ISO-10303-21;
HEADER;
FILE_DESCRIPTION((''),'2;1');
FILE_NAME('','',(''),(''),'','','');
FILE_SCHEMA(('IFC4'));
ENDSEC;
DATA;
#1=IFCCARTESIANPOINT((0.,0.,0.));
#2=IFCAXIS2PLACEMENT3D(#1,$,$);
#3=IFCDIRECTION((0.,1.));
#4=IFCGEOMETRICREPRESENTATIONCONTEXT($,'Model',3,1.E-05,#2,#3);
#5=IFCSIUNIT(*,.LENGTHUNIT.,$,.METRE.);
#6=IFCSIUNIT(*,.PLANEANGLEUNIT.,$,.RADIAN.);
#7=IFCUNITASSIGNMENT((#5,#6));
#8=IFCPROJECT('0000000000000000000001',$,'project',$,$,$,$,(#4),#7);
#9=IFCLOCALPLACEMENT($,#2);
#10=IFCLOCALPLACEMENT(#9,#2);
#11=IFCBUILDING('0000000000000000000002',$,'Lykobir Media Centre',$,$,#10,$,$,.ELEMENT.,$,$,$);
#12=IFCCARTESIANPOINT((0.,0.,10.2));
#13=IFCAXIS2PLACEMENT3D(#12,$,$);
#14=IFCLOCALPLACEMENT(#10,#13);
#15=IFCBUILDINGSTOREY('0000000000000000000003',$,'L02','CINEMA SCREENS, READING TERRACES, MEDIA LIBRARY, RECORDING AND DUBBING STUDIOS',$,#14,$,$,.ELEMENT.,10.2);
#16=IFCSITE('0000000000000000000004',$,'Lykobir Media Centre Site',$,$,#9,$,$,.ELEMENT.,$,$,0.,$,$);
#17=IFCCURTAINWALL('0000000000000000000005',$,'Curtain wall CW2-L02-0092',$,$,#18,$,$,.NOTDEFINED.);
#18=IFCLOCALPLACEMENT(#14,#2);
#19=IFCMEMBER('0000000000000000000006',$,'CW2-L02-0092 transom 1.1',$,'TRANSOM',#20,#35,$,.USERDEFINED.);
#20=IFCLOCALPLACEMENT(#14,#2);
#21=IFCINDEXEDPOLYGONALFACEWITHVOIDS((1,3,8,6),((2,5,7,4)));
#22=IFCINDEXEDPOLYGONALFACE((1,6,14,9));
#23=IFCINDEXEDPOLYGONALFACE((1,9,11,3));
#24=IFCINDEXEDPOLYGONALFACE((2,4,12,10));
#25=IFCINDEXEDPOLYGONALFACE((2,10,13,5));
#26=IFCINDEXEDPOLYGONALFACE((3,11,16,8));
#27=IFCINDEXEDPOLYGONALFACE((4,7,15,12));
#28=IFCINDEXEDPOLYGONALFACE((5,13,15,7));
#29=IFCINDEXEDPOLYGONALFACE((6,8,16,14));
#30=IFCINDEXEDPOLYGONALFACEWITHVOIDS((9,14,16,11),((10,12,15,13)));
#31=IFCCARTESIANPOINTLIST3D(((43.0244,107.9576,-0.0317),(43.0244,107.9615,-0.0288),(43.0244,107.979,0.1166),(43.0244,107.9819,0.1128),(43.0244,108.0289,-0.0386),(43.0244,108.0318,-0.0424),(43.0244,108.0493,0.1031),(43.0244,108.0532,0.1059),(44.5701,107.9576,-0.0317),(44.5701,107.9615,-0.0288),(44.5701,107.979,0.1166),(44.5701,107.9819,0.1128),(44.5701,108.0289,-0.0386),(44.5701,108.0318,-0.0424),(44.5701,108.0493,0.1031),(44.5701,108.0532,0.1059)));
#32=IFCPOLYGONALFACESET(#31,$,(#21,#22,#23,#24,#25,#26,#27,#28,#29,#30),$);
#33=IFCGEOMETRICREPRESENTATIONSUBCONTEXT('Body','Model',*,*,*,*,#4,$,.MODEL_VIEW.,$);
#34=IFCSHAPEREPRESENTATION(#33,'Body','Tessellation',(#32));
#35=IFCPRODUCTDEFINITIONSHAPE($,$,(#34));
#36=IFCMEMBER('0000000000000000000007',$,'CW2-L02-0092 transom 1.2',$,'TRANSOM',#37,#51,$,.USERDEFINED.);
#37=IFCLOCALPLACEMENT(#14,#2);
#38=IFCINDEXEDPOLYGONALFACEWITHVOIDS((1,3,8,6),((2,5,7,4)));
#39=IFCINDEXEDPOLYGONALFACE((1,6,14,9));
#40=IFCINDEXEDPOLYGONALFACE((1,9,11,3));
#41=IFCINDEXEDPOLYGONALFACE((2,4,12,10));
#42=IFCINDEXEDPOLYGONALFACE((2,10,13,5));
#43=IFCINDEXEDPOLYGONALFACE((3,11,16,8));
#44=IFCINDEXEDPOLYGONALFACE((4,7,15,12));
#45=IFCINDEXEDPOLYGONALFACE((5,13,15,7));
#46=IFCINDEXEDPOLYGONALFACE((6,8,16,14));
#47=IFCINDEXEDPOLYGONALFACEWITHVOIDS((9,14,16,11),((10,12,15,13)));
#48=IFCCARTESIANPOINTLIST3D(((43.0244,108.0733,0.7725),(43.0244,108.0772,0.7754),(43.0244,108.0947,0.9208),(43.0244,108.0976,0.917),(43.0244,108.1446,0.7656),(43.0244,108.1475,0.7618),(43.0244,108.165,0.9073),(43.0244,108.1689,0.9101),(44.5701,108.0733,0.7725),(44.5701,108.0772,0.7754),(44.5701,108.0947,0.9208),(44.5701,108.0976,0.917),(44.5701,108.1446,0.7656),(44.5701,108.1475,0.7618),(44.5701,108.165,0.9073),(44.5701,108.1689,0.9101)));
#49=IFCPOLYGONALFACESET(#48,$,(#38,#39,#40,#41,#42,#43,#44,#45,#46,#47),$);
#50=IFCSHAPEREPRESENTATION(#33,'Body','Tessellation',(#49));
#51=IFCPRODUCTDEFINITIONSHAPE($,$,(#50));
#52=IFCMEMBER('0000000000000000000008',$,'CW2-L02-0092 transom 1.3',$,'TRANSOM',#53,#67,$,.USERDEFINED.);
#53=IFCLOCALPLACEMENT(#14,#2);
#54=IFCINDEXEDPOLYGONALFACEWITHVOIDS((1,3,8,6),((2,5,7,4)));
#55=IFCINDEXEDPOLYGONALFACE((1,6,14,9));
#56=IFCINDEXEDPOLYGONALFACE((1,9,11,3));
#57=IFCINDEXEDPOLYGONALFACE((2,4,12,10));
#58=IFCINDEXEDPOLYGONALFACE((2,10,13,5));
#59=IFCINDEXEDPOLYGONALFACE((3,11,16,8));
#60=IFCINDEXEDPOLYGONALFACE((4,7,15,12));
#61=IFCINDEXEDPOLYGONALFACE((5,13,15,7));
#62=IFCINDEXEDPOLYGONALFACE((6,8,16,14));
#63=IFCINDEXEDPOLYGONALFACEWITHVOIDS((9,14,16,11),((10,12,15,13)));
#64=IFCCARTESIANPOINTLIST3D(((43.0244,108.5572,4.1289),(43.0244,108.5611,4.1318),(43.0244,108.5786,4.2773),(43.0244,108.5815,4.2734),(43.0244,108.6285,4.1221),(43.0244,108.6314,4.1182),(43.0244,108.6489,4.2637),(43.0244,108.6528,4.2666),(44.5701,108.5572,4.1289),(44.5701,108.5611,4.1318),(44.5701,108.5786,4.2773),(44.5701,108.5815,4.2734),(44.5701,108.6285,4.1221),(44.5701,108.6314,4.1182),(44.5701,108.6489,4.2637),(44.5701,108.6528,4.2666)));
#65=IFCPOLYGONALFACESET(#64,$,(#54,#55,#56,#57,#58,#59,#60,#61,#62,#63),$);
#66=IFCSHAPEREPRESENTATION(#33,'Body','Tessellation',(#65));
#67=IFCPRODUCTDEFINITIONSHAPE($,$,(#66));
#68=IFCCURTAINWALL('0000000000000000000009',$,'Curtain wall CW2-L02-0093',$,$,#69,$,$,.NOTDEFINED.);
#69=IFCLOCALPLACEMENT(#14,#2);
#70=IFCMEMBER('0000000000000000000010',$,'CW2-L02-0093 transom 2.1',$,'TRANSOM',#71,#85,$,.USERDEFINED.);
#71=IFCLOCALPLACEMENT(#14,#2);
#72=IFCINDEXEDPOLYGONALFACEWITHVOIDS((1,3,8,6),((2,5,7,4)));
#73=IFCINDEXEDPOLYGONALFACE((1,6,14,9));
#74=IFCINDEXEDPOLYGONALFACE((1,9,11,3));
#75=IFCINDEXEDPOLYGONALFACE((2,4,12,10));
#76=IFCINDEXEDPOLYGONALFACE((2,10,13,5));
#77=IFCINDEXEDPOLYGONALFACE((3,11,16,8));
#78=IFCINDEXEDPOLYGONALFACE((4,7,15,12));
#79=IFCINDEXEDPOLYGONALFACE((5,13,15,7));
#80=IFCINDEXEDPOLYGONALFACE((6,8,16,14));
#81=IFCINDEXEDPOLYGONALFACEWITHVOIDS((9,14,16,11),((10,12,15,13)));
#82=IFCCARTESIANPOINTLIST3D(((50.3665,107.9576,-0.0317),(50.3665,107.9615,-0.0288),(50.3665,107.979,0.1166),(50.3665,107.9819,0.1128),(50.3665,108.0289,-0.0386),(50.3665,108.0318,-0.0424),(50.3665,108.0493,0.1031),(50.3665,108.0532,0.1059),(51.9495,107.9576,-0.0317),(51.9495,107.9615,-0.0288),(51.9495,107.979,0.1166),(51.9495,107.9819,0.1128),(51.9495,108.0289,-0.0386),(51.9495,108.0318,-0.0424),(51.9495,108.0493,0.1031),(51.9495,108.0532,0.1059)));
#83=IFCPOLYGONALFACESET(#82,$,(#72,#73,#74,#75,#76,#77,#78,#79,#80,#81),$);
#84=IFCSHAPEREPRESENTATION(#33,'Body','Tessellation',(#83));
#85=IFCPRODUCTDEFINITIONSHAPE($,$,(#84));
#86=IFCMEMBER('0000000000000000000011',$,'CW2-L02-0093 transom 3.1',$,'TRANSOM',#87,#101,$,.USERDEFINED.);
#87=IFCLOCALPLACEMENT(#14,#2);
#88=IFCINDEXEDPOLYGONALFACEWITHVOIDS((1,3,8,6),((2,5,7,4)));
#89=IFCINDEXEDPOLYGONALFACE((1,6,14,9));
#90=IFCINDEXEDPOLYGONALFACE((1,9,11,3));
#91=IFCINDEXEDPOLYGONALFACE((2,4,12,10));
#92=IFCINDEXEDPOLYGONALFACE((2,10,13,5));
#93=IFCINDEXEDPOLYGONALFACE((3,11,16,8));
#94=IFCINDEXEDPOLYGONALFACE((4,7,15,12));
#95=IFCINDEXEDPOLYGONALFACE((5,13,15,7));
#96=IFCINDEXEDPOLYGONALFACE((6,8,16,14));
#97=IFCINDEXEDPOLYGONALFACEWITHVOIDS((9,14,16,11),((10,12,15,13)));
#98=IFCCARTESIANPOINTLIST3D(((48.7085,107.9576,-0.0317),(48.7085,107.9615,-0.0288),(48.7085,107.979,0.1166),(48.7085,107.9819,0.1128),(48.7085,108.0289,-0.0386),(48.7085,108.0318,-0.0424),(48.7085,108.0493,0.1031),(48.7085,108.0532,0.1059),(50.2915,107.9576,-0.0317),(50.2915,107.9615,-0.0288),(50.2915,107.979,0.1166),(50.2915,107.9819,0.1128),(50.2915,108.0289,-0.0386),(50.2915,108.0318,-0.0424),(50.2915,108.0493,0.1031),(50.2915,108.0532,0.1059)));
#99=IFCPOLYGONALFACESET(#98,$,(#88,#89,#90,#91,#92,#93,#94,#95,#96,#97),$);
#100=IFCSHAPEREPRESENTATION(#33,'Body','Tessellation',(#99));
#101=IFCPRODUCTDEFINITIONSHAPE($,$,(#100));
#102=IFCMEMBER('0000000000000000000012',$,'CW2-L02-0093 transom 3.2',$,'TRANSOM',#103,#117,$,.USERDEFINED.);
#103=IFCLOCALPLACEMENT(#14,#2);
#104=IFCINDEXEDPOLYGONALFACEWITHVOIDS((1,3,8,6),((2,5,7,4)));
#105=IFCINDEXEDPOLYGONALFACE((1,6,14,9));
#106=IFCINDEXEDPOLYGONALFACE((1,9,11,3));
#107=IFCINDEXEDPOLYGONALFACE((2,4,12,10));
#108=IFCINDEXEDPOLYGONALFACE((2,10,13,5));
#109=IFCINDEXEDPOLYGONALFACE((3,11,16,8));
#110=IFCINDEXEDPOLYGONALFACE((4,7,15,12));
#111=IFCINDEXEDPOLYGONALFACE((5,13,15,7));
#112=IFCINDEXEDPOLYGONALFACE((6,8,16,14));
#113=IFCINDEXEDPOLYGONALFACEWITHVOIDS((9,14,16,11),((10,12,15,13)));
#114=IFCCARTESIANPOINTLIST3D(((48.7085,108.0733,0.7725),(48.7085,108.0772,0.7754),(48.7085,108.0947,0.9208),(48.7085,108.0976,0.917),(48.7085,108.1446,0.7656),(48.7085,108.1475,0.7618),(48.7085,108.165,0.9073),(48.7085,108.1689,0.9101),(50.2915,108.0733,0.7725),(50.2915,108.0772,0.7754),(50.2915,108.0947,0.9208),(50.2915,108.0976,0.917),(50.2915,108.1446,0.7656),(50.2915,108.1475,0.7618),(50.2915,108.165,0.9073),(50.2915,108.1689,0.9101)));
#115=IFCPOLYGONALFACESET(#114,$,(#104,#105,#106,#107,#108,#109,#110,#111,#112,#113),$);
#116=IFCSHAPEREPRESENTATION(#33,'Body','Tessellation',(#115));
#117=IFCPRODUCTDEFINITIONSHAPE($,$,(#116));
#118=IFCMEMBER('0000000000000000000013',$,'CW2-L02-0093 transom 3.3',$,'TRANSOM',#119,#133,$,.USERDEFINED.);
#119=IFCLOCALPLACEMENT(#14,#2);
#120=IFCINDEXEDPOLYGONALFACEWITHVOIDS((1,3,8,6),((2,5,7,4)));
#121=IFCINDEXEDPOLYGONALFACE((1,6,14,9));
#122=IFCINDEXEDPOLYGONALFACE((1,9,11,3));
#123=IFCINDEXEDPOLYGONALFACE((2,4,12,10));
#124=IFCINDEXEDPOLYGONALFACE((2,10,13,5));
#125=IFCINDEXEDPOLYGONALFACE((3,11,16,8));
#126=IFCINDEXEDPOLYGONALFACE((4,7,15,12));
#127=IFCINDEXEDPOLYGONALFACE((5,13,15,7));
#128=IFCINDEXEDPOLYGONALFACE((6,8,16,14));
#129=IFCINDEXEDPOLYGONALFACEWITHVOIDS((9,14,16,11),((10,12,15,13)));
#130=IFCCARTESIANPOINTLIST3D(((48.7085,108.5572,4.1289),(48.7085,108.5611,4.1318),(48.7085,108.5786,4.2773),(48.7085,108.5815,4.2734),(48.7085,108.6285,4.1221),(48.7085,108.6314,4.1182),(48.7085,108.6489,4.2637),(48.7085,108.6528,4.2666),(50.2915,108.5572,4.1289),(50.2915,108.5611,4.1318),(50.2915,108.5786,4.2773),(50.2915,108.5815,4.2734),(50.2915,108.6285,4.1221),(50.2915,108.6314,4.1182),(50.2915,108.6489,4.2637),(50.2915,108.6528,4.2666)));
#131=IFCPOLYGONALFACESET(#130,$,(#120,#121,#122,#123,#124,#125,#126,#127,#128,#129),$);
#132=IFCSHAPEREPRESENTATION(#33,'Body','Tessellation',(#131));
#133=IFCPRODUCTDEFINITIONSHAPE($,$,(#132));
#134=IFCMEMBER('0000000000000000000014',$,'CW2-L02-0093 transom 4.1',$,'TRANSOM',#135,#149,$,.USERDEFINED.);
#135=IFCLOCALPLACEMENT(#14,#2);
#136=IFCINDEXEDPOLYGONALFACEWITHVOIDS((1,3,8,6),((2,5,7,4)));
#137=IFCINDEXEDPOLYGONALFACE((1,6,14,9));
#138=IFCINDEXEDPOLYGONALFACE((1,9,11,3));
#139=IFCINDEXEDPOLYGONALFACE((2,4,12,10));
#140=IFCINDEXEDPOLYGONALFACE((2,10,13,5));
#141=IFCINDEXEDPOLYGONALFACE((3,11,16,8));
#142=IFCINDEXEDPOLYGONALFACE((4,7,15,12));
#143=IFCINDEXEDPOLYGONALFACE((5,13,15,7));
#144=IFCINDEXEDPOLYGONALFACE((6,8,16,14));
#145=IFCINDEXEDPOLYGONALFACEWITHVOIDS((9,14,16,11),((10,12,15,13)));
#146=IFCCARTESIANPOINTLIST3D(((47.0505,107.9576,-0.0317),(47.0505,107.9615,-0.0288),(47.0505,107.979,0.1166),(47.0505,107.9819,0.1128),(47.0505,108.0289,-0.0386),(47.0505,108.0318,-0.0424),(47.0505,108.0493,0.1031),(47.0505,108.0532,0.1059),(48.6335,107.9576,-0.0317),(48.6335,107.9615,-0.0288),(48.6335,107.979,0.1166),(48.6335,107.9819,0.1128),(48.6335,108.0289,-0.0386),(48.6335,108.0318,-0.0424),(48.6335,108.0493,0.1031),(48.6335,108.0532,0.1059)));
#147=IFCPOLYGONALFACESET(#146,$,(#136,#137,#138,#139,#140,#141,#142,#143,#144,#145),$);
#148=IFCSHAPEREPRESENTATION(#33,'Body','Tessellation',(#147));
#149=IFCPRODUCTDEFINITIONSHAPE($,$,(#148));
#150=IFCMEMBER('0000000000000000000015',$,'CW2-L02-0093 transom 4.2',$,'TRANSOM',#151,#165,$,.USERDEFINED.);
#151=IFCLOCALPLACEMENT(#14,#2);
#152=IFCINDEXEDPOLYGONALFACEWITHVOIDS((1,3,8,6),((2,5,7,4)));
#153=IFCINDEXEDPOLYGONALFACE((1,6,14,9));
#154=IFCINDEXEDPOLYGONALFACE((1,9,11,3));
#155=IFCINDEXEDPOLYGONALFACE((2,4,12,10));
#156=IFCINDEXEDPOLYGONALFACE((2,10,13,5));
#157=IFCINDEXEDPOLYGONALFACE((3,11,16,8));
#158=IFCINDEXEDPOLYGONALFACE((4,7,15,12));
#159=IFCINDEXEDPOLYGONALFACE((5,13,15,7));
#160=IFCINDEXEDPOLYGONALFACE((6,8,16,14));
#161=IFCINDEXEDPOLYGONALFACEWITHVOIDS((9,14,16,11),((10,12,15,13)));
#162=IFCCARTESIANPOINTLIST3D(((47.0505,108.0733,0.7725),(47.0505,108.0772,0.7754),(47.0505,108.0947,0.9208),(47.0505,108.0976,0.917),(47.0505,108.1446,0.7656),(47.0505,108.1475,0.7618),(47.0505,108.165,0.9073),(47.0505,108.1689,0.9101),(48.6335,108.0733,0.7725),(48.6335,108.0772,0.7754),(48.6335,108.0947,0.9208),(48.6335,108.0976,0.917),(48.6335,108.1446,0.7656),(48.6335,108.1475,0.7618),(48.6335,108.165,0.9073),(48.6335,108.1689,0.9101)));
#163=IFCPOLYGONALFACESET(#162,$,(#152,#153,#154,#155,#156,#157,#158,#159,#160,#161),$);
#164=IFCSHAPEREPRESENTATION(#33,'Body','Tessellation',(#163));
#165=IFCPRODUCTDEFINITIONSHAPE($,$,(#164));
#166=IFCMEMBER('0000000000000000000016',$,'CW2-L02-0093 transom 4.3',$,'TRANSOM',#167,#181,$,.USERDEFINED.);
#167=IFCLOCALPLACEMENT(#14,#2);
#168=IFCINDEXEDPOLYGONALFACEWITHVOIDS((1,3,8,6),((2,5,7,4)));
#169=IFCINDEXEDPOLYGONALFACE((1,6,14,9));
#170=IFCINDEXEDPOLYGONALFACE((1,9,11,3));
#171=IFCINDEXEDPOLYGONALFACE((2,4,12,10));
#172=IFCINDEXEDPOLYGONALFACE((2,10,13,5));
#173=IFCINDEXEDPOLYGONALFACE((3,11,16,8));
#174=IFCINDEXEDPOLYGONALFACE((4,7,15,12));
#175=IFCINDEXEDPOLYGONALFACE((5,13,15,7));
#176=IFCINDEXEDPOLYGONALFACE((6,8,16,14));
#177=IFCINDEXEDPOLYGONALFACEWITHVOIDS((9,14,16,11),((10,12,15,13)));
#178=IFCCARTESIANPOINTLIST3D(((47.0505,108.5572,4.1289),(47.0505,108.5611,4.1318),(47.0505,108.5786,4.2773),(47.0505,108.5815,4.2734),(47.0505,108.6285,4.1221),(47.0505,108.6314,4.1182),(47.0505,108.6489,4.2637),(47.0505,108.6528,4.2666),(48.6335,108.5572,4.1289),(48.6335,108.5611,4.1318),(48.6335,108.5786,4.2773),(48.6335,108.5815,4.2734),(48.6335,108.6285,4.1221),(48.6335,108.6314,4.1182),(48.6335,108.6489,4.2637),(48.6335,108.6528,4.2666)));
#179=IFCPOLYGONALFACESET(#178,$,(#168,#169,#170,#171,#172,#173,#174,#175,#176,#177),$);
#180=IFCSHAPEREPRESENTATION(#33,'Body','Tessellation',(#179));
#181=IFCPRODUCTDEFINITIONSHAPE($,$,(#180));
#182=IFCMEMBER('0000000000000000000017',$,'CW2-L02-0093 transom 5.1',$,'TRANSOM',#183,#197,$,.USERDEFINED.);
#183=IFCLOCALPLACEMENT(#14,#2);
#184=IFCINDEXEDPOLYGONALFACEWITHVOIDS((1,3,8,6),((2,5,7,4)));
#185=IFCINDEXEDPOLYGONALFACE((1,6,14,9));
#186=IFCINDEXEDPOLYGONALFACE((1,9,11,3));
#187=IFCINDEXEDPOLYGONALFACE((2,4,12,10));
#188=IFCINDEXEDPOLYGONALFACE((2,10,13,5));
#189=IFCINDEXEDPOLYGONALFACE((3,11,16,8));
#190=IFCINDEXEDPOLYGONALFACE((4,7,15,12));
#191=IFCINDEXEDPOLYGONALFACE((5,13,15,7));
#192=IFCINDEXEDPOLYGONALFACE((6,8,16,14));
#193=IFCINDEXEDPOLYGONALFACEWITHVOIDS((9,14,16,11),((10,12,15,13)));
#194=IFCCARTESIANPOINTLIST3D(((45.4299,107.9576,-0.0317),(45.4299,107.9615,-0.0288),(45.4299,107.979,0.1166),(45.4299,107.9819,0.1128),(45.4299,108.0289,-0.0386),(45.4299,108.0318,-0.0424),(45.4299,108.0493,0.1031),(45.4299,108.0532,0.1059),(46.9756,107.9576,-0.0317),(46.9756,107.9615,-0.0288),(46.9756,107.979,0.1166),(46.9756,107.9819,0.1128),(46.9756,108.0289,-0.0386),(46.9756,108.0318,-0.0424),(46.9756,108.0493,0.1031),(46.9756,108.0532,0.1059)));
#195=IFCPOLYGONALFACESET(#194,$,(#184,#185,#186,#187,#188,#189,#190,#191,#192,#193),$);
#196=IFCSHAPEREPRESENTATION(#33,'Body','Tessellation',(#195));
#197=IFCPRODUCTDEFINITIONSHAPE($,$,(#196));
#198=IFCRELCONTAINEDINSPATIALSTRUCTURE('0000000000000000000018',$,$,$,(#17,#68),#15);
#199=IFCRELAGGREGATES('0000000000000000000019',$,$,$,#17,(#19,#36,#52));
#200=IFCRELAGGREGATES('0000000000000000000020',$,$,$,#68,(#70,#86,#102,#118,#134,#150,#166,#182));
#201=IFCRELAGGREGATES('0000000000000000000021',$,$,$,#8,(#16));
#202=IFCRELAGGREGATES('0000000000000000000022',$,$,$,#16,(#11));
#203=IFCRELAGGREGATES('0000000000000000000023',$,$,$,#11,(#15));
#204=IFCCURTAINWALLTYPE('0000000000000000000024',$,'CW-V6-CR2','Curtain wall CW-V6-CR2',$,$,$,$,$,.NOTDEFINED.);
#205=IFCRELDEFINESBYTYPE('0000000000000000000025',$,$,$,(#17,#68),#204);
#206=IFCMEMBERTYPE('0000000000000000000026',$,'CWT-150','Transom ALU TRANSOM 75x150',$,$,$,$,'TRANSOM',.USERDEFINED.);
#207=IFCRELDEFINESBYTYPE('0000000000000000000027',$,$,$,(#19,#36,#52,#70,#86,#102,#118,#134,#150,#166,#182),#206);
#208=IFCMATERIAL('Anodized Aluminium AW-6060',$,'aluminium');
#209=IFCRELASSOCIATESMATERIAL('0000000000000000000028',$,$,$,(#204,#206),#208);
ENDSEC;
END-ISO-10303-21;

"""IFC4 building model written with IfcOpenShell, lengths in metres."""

from ifc_helpers import new_model, si_unit, direction, frame, origin, origin_2d, place, context, subcontext, project, spatial, hollow_rectangle, extrude, material, material_profile, profile_set, type_object, element, aggregate, save


model = new_model("IFC4")

# Units and contexts
model_context = context("Model", 3, precision=1e-05, world=origin(), true_north=direction((0.0, 1.0)))
body_context = subcontext(model_context, "Body", "Model", "MODEL_VIEW")
ifc_project = project(units=[si_unit("LENGTHUNIT", "METRE"), si_unit("PLANEANGLEUNIT", "RADIAN")], contexts=[model_context])

# Site, building, storey
site_placement = place(None, origin())
site = spatial("IfcSite", under=ifc_project, at=site_placement, Name="Lykobir Media Centre Site", CompositionType="ELEMENT", RefElevation=0.0)
building_placement = place(site_placement, origin())
building = spatial("IfcBuilding", under=site, at=building_placement, Name="Lykobir Media Centre", CompositionType="ELEMENT")
storey_placement = place(building_placement, frame((0.0, 0.0, 10.2)))
storey = spatial("IfcBuildingStorey", under=building, at=storey_placement, Name="L02", Description="CINEMA SCREENS, READING TERRACES, MEDIA LIBRARY, RECORDING AND DUBBING STUDIOS", CompositionType="ELEMENT", Elevation=10.2)

# Curtain walls, members
ifc_material_1 = material(Name="Anodized Aluminium AW-6060", Category="aluminium")
curtain_wall_type = type_object("IfcCurtainWallType", Name="CW-V6-CR2", Description="Curtain wall CW-V6-CR2", PredefinedType="NOTDEFINED", material=ifc_material_1)
curtain_wall_1_placement = place(storey_placement, origin())
curtain_wall_1 = element("IfcCurtainWall", 1, at=curtain_wall_1_placement, inside=storey, type_object=curtain_wall_type, Name="Curtain wall CW2-L02-0092", PredefinedType="NOTDEFINED")
ifc_material_profile = material_profile(ifc_material_1, hollow_rectangle(XDim=0.075, YDim=0.1499, WallThickness=0.0034, at=origin_2d()), Name="ALU TRANSOM 75x150")
ifc_profile_set = profile_set([ifc_material_profile], Name="Anodized Aluminium AW-6060")
member_type = type_object("IfcMemberType", Name="CWT-150", Description="Transom ALU TRANSOM 75x150", ElementType="TRANSOM", PredefinedType="USERDEFINED", material=ifc_profile_set)
member_1_placement = place(storey_placement, frame((44.5701, 108.0054, 0.0371), z_axis=(-1.0, 0.0, 0.0), x_axis=(0.0, -0.989776, 0.142629)))
member_1 = element("IfcMember", 2, at=member_1_placement, type_object=member_type, Name="CW2-L02-0092 transom 1.1", ObjectType="TRANSOM", PredefinedType="USERDEFINED", context=body_context, shape_type="SweptSolid", body=[
    extrude(hollow_rectangle(XDim=0.075, YDim=0.1499, WallThickness=0.0034, at=origin_2d()), origin(), (0.0, 0.0, 1.0), 1.5457),
])
member_2_placement = place(storey_placement, frame((44.5701, 108.1211, 0.8413), z_axis=(-1.0, 0.0, 0.0), x_axis=(0.0, -0.989776, 0.142629)))
member_2 = element("IfcMember", 3, at=member_2_placement, type_object=member_type, Name="CW2-L02-0092 transom 1.2", ObjectType="TRANSOM", PredefinedType="USERDEFINED", context=body_context, shape_type="SweptSolid", body=[
    extrude(hollow_rectangle(XDim=0.075, YDim=0.1499, WallThickness=0.0034, at=origin_2d()), origin(), (0.0, 0.0, 1.0), 1.5457),
])
member_3_placement = place(storey_placement, frame((44.5701, 108.605, 4.1978), z_axis=(-1.0, 0.0, 0.0), x_axis=(0.0, -0.989776, 0.142629)))
member_3 = element("IfcMember", 4, at=member_3_placement, type_object=member_type, Name="CW2-L02-0092 transom 1.3", ObjectType="TRANSOM", PredefinedType="USERDEFINED", context=body_context, shape_type="SweptSolid", body=[
    extrude(hollow_rectangle(XDim=0.075, YDim=0.1499, WallThickness=0.0034, at=origin_2d()), origin(), (0.0, 0.0, 1.0), 1.5457),
])
curtain_wall_2_placement = place(storey_placement, origin())
curtain_wall_2 = element("IfcCurtainWall", 5, at=curtain_wall_2_placement, inside=storey, type_object=curtain_wall_type, Name="Curtain wall CW2-L02-0093", PredefinedType="NOTDEFINED")
member_4_placement = place(storey_placement, frame((51.9495, 108.0054, 0.0371), z_axis=(-1.0, 0.0, 0.0), x_axis=(0.0, -0.989776, 0.142629)))
member_4 = element("IfcMember", 6, at=member_4_placement, type_object=member_type, Name="CW2-L02-0093 transom 2.1", ObjectType="TRANSOM", PredefinedType="USERDEFINED", context=body_context, shape_type="SweptSolid", body=[
    extrude(hollow_rectangle(XDim=0.075, YDim=0.1499, WallThickness=0.0034, at=origin_2d()), origin(), (0.0, 0.0, 1.0), 1.583),
])
member_5_placement = place(storey_placement, frame((50.2915, 108.0054, 0.0371), z_axis=(-1.0, 0.0, 0.0), x_axis=(0.0, -0.989776, 0.142629)))
member_5 = element("IfcMember", 7, at=member_5_placement, type_object=member_type, Name="CW2-L02-0093 transom 3.1", ObjectType="TRANSOM", PredefinedType="USERDEFINED", context=body_context, shape_type="SweptSolid", body=[
    extrude(hollow_rectangle(XDim=0.075, YDim=0.1499, WallThickness=0.0034, at=origin_2d()), origin(), (0.0, 0.0, 1.0), 1.583),
])
member_6_placement = place(storey_placement, frame((50.2915, 108.1211, 0.8413), z_axis=(-1.0, 0.0, 0.0), x_axis=(0.0, -0.989776, 0.142629)))
member_6 = element("IfcMember", 8, at=member_6_placement, type_object=member_type, Name="CW2-L02-0093 transom 3.2", ObjectType="TRANSOM", PredefinedType="USERDEFINED", context=body_context, shape_type="SweptSolid", body=[
    extrude(hollow_rectangle(XDim=0.075, YDim=0.1499, WallThickness=0.0034, at=origin_2d()), origin(), (0.0, 0.0, 1.0), 1.583),
])
member_7_placement = place(storey_placement, frame((50.2915, 108.605, 4.1978), z_axis=(-1.0, 0.0, 0.0), x_axis=(0.0, -0.989776, 0.142629)))
member_7 = element("IfcMember", 9, at=member_7_placement, type_object=member_type, Name="CW2-L02-0093 transom 3.3", ObjectType="TRANSOM", PredefinedType="USERDEFINED", context=body_context, shape_type="SweptSolid", body=[
    extrude(hollow_rectangle(XDim=0.075, YDim=0.1499, WallThickness=0.0034, at=origin_2d()), origin(), (0.0, 0.0, 1.0), 1.583),
])
member_8_placement = place(storey_placement, frame((48.6335, 108.0054, 0.0371), z_axis=(-1.0, 0.0, 0.0), x_axis=(0.0, -0.989776, 0.142629)))
member_8 = element("IfcMember", 10, at=member_8_placement, type_object=member_type, Name="CW2-L02-0093 transom 4.1", ObjectType="TRANSOM", PredefinedType="USERDEFINED", context=body_context, shape_type="SweptSolid", body=[
    extrude(hollow_rectangle(XDim=0.075, YDim=0.1499, WallThickness=0.0034, at=origin_2d()), origin(), (0.0, 0.0, 1.0), 1.583),
])
member_9_placement = place(storey_placement, frame((48.6335, 108.1211, 0.8413), z_axis=(-1.0, 0.0, 0.0), x_axis=(0.0, -0.989776, 0.142629)))
member_9 = element("IfcMember", 11, at=member_9_placement, type_object=member_type, Name="CW2-L02-0093 transom 4.2", ObjectType="TRANSOM", PredefinedType="USERDEFINED", context=body_context, shape_type="SweptSolid", body=[
    extrude(hollow_rectangle(XDim=0.075, YDim=0.1499, WallThickness=0.0034, at=origin_2d()), origin(), (0.0, 0.0, 1.0), 1.583),
])
member_10_placement = place(storey_placement, frame((48.6335, 108.605, 4.1978), z_axis=(-1.0, 0.0, 0.0), x_axis=(0.0, -0.989776, 0.142629)))
member_10 = element("IfcMember", 12, at=member_10_placement, type_object=member_type, Name="CW2-L02-0093 transom 4.3", ObjectType="TRANSOM", PredefinedType="USERDEFINED", context=body_context, shape_type="SweptSolid", body=[
    extrude(hollow_rectangle(XDim=0.075, YDim=0.1499, WallThickness=0.0034, at=origin_2d()), origin(), (0.0, 0.0, 1.0), 1.583),
])
member_11_placement = place(storey_placement, frame((46.9756, 108.0054, 0.0371), z_axis=(-1.0, 0.0, 0.0), x_axis=(0.0, -0.989776, 0.142629)))
member_11 = element("IfcMember", 13, at=member_11_placement, type_object=member_type, Name="CW2-L02-0093 transom 5.1", ObjectType="TRANSOM", PredefinedType="USERDEFINED", context=body_context, shape_type="SweptSolid", body=[
    extrude(hollow_rectangle(XDim=0.075, YDim=0.1499, WallThickness=0.0034, at=origin_2d()), origin(), (0.0, 0.0, 1.0), 1.5457),
])

aggregate(curtain_wall_1, [member_1, member_2, member_3])
aggregate(curtain_wall_2, [member_4, member_5, member_6, member_7, member_8, member_9, member_10, member_11])

save(model, "model.ifc")
